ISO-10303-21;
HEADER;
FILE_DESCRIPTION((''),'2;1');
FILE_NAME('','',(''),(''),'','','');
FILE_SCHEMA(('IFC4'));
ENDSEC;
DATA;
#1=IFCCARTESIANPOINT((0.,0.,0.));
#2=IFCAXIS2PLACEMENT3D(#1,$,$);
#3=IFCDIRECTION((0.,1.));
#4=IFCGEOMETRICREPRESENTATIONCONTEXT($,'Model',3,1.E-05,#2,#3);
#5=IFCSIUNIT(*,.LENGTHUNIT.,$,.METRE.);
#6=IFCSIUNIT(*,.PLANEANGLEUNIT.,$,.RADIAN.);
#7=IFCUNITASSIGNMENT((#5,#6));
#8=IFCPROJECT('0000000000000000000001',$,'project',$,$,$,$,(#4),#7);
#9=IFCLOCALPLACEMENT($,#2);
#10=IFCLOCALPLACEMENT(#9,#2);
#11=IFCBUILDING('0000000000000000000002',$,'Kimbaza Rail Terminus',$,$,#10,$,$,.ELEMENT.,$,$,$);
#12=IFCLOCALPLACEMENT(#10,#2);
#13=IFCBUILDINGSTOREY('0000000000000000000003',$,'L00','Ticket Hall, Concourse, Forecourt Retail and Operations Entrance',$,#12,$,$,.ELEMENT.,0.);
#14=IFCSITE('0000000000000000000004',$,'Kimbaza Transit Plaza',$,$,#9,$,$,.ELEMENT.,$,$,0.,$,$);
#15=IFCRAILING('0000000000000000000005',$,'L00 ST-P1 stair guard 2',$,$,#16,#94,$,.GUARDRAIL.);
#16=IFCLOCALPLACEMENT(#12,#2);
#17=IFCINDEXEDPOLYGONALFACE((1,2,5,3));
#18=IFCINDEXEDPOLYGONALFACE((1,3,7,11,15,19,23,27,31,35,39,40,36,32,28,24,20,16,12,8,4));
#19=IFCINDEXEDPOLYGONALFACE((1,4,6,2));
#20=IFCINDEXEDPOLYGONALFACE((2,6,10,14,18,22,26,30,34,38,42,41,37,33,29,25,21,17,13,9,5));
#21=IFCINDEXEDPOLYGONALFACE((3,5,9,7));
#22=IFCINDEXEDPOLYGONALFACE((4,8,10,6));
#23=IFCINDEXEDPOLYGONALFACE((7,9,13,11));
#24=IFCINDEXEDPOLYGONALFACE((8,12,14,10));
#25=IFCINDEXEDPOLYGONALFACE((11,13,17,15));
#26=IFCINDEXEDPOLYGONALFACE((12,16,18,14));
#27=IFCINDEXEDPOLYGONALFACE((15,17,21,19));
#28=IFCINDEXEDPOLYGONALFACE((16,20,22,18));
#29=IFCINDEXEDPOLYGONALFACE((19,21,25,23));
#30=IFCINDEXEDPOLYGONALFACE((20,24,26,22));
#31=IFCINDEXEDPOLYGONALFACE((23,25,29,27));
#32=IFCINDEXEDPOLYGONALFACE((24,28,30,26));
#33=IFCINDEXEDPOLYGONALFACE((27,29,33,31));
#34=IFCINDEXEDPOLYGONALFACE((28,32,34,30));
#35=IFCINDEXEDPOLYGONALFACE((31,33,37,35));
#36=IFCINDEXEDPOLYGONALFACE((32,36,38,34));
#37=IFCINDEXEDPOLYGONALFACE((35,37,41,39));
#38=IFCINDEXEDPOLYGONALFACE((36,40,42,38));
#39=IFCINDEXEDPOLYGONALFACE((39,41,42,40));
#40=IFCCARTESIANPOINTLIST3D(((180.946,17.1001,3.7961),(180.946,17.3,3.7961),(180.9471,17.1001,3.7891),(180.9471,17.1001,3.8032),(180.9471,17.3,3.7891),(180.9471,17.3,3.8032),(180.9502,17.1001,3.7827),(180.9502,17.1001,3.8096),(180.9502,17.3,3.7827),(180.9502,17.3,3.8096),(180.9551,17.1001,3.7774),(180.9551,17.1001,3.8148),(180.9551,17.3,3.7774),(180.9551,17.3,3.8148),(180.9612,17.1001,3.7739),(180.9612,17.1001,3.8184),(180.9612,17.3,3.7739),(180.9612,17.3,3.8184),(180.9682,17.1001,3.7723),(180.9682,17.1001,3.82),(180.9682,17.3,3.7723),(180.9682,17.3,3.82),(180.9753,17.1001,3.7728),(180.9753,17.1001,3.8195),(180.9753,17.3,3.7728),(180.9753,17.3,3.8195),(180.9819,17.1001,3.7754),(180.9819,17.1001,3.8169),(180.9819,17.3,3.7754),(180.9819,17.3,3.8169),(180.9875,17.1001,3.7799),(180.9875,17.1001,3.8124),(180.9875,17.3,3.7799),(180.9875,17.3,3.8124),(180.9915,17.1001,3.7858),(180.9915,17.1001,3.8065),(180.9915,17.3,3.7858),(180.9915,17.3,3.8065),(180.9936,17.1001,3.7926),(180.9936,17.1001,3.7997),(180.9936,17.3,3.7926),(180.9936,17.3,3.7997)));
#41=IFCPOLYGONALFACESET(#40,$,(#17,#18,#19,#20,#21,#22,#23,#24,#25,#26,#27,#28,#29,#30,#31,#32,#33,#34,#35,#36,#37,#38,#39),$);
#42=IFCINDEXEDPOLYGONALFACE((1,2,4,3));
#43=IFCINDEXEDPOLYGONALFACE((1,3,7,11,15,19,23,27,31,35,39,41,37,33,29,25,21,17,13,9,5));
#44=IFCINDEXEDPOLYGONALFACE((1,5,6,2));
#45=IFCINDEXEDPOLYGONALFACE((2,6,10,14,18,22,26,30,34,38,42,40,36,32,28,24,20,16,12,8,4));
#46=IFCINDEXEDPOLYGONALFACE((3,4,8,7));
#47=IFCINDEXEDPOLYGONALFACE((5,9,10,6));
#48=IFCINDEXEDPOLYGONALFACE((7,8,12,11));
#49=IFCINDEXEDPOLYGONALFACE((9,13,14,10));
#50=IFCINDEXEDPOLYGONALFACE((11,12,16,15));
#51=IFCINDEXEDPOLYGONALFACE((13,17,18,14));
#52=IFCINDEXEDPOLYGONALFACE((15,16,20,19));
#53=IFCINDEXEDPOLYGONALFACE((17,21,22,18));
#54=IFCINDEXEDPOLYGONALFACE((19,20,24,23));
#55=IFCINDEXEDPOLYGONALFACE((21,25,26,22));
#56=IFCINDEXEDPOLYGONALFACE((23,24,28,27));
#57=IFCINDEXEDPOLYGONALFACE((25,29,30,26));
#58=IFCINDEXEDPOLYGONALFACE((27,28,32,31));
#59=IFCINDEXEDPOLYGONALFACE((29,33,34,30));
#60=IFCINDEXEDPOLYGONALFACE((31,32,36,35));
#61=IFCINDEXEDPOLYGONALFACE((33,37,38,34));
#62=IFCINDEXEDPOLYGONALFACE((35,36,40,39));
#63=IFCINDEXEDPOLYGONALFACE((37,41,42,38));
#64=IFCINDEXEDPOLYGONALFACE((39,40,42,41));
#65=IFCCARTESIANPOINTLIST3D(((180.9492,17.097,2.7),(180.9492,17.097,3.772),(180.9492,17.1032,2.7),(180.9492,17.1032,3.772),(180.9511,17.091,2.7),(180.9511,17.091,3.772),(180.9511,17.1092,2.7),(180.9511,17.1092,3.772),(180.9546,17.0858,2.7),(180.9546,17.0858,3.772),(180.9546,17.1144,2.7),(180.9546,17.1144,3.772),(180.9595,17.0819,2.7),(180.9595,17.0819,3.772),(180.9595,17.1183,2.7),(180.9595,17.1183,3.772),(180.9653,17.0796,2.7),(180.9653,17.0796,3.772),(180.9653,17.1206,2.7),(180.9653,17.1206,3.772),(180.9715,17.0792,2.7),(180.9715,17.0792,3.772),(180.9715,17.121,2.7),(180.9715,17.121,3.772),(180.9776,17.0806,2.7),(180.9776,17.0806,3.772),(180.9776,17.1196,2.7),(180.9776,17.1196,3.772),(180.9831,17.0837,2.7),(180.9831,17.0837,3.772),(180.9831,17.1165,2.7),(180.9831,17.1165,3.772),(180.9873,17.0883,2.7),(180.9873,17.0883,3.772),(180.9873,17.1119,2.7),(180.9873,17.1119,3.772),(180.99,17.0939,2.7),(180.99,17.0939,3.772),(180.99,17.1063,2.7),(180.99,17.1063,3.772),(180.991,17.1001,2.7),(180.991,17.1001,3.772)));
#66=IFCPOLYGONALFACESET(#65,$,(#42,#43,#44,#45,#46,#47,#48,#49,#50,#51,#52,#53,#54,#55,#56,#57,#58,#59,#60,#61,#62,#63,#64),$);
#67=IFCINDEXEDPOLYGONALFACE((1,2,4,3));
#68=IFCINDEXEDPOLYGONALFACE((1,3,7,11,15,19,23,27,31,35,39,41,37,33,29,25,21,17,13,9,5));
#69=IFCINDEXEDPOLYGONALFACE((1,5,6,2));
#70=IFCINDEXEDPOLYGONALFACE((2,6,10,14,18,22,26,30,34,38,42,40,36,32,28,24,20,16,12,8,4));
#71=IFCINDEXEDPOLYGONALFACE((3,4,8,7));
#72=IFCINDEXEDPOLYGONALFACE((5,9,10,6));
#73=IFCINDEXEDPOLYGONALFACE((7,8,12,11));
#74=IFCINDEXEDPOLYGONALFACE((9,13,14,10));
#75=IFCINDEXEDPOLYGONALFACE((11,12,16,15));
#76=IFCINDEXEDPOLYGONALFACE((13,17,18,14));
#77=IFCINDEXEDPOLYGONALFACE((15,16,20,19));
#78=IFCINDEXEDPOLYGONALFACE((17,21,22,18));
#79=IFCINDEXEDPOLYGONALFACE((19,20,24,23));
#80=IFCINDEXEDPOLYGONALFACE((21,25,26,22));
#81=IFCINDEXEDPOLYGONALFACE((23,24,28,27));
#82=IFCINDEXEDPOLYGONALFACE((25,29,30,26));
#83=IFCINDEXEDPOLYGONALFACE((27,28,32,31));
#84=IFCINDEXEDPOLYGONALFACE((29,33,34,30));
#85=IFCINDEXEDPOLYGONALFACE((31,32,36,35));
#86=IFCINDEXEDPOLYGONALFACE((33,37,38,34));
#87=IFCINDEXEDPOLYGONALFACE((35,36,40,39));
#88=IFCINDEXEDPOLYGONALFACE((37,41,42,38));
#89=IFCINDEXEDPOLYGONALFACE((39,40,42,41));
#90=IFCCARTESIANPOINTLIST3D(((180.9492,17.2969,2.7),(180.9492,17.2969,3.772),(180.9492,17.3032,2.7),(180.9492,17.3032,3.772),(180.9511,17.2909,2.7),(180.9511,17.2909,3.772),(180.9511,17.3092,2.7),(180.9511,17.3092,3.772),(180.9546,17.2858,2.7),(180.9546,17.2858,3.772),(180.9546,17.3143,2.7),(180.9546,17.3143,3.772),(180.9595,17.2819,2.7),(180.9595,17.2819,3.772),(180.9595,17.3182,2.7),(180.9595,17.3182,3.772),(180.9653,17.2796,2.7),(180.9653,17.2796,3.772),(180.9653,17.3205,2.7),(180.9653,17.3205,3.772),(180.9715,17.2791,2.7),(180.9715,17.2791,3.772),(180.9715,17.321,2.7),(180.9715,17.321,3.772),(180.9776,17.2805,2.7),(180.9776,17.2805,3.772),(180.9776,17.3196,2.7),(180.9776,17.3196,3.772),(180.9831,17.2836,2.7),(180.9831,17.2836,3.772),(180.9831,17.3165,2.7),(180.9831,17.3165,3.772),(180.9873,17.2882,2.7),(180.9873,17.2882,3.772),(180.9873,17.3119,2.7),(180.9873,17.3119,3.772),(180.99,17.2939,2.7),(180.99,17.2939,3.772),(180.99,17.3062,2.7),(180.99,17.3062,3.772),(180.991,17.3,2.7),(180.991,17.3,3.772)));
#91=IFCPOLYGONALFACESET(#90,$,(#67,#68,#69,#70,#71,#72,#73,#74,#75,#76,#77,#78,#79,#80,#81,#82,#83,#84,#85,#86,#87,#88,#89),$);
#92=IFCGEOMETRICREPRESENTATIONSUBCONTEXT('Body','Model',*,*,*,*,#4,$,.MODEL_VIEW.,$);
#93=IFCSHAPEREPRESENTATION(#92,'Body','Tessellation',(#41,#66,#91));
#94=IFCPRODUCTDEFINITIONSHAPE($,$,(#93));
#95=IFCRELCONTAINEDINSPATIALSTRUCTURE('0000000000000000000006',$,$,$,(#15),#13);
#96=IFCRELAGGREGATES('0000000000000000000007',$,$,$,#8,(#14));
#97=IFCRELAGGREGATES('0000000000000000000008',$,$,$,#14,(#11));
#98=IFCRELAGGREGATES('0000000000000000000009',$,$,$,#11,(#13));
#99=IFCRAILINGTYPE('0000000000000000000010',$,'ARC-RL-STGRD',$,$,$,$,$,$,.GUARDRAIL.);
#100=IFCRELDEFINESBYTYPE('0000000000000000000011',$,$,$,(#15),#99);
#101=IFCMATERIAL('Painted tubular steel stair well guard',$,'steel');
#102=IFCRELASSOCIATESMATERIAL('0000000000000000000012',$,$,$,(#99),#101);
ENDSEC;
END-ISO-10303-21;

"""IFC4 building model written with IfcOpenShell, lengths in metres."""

from ifc_helpers import new_model, si_unit, direction, frame, origin, origin_2d, place, context, subcontext, project, spatial, circle, extrude, material, type_object, element, save


model = new_model("IFC4")

# Units and contexts
model_context = context("Model", 3, precision=1e-05, world=origin(), true_north=direction((0.0, 1.0)))
body_context = subcontext(model_context, "Body", "Model", "MODEL_VIEW")
ifc_project = project(units=[si_unit("LENGTHUNIT", "METRE"), si_unit("PLANEANGLEUNIT", "RADIAN")], contexts=[model_context])

# Site, building, storey
site_placement = place(None, origin())
site = spatial("IfcSite", under=ifc_project, at=site_placement, Name="Kimbaza Transit Plaza", CompositionType="ELEMENT", RefElevation=0.0)
building_placement = place(site_placement, origin())
building = spatial("IfcBuilding", under=site, at=building_placement, Name="Kimbaza Rail Terminus", CompositionType="ELEMENT")
storey_placement = place(building_placement, origin())
storey = spatial("IfcBuildingStorey", under=building, at=storey_placement, Name="L00", Description="Ticket Hall, Concourse, Forecourt Retail and Operations Entrance", CompositionType="ELEMENT", Elevation=0.0)

# Railing
ifc_material_1 = material(Name="Painted tubular steel stair well guard", Category="steel")
railing_type_1 = type_object("IfcRailingType", Name="ARC-RL-STGRD", PredefinedType="GUARDRAIL", material=ifc_material_1)
railing_1_placement = place(storey_placement, frame((180.97, 17.1001, 2.7)))
element("IfcRailing", 1, at=railing_1_placement, inside=storey, type_object=railing_type_1, Name="L00 ST-P1 stair guard 2", PredefinedType="GUARDRAIL", context=body_context, shape_type="SweptSolid", body=[
    extrude(circle(Radius=0.0239, at=origin_2d()), frame((0.0, 0.0, 1.0962), z_axis=(0.0, 1.0, 0.0), x_axis=(-1.0, 0.0, 0.0)), (0.0, 0.0, 1.0), 0.2),
    extrude(circle(Radius=0.021, at=origin_2d()), origin(), (0.0, 0.0, 1.0), 1.072),
    extrude(circle(Radius=0.021, at=origin_2d()), frame((0.0, 0.2, 0.0)), (0.0, 0.0, 1.0), 1.072),
])

save(model, "model.ifc")
